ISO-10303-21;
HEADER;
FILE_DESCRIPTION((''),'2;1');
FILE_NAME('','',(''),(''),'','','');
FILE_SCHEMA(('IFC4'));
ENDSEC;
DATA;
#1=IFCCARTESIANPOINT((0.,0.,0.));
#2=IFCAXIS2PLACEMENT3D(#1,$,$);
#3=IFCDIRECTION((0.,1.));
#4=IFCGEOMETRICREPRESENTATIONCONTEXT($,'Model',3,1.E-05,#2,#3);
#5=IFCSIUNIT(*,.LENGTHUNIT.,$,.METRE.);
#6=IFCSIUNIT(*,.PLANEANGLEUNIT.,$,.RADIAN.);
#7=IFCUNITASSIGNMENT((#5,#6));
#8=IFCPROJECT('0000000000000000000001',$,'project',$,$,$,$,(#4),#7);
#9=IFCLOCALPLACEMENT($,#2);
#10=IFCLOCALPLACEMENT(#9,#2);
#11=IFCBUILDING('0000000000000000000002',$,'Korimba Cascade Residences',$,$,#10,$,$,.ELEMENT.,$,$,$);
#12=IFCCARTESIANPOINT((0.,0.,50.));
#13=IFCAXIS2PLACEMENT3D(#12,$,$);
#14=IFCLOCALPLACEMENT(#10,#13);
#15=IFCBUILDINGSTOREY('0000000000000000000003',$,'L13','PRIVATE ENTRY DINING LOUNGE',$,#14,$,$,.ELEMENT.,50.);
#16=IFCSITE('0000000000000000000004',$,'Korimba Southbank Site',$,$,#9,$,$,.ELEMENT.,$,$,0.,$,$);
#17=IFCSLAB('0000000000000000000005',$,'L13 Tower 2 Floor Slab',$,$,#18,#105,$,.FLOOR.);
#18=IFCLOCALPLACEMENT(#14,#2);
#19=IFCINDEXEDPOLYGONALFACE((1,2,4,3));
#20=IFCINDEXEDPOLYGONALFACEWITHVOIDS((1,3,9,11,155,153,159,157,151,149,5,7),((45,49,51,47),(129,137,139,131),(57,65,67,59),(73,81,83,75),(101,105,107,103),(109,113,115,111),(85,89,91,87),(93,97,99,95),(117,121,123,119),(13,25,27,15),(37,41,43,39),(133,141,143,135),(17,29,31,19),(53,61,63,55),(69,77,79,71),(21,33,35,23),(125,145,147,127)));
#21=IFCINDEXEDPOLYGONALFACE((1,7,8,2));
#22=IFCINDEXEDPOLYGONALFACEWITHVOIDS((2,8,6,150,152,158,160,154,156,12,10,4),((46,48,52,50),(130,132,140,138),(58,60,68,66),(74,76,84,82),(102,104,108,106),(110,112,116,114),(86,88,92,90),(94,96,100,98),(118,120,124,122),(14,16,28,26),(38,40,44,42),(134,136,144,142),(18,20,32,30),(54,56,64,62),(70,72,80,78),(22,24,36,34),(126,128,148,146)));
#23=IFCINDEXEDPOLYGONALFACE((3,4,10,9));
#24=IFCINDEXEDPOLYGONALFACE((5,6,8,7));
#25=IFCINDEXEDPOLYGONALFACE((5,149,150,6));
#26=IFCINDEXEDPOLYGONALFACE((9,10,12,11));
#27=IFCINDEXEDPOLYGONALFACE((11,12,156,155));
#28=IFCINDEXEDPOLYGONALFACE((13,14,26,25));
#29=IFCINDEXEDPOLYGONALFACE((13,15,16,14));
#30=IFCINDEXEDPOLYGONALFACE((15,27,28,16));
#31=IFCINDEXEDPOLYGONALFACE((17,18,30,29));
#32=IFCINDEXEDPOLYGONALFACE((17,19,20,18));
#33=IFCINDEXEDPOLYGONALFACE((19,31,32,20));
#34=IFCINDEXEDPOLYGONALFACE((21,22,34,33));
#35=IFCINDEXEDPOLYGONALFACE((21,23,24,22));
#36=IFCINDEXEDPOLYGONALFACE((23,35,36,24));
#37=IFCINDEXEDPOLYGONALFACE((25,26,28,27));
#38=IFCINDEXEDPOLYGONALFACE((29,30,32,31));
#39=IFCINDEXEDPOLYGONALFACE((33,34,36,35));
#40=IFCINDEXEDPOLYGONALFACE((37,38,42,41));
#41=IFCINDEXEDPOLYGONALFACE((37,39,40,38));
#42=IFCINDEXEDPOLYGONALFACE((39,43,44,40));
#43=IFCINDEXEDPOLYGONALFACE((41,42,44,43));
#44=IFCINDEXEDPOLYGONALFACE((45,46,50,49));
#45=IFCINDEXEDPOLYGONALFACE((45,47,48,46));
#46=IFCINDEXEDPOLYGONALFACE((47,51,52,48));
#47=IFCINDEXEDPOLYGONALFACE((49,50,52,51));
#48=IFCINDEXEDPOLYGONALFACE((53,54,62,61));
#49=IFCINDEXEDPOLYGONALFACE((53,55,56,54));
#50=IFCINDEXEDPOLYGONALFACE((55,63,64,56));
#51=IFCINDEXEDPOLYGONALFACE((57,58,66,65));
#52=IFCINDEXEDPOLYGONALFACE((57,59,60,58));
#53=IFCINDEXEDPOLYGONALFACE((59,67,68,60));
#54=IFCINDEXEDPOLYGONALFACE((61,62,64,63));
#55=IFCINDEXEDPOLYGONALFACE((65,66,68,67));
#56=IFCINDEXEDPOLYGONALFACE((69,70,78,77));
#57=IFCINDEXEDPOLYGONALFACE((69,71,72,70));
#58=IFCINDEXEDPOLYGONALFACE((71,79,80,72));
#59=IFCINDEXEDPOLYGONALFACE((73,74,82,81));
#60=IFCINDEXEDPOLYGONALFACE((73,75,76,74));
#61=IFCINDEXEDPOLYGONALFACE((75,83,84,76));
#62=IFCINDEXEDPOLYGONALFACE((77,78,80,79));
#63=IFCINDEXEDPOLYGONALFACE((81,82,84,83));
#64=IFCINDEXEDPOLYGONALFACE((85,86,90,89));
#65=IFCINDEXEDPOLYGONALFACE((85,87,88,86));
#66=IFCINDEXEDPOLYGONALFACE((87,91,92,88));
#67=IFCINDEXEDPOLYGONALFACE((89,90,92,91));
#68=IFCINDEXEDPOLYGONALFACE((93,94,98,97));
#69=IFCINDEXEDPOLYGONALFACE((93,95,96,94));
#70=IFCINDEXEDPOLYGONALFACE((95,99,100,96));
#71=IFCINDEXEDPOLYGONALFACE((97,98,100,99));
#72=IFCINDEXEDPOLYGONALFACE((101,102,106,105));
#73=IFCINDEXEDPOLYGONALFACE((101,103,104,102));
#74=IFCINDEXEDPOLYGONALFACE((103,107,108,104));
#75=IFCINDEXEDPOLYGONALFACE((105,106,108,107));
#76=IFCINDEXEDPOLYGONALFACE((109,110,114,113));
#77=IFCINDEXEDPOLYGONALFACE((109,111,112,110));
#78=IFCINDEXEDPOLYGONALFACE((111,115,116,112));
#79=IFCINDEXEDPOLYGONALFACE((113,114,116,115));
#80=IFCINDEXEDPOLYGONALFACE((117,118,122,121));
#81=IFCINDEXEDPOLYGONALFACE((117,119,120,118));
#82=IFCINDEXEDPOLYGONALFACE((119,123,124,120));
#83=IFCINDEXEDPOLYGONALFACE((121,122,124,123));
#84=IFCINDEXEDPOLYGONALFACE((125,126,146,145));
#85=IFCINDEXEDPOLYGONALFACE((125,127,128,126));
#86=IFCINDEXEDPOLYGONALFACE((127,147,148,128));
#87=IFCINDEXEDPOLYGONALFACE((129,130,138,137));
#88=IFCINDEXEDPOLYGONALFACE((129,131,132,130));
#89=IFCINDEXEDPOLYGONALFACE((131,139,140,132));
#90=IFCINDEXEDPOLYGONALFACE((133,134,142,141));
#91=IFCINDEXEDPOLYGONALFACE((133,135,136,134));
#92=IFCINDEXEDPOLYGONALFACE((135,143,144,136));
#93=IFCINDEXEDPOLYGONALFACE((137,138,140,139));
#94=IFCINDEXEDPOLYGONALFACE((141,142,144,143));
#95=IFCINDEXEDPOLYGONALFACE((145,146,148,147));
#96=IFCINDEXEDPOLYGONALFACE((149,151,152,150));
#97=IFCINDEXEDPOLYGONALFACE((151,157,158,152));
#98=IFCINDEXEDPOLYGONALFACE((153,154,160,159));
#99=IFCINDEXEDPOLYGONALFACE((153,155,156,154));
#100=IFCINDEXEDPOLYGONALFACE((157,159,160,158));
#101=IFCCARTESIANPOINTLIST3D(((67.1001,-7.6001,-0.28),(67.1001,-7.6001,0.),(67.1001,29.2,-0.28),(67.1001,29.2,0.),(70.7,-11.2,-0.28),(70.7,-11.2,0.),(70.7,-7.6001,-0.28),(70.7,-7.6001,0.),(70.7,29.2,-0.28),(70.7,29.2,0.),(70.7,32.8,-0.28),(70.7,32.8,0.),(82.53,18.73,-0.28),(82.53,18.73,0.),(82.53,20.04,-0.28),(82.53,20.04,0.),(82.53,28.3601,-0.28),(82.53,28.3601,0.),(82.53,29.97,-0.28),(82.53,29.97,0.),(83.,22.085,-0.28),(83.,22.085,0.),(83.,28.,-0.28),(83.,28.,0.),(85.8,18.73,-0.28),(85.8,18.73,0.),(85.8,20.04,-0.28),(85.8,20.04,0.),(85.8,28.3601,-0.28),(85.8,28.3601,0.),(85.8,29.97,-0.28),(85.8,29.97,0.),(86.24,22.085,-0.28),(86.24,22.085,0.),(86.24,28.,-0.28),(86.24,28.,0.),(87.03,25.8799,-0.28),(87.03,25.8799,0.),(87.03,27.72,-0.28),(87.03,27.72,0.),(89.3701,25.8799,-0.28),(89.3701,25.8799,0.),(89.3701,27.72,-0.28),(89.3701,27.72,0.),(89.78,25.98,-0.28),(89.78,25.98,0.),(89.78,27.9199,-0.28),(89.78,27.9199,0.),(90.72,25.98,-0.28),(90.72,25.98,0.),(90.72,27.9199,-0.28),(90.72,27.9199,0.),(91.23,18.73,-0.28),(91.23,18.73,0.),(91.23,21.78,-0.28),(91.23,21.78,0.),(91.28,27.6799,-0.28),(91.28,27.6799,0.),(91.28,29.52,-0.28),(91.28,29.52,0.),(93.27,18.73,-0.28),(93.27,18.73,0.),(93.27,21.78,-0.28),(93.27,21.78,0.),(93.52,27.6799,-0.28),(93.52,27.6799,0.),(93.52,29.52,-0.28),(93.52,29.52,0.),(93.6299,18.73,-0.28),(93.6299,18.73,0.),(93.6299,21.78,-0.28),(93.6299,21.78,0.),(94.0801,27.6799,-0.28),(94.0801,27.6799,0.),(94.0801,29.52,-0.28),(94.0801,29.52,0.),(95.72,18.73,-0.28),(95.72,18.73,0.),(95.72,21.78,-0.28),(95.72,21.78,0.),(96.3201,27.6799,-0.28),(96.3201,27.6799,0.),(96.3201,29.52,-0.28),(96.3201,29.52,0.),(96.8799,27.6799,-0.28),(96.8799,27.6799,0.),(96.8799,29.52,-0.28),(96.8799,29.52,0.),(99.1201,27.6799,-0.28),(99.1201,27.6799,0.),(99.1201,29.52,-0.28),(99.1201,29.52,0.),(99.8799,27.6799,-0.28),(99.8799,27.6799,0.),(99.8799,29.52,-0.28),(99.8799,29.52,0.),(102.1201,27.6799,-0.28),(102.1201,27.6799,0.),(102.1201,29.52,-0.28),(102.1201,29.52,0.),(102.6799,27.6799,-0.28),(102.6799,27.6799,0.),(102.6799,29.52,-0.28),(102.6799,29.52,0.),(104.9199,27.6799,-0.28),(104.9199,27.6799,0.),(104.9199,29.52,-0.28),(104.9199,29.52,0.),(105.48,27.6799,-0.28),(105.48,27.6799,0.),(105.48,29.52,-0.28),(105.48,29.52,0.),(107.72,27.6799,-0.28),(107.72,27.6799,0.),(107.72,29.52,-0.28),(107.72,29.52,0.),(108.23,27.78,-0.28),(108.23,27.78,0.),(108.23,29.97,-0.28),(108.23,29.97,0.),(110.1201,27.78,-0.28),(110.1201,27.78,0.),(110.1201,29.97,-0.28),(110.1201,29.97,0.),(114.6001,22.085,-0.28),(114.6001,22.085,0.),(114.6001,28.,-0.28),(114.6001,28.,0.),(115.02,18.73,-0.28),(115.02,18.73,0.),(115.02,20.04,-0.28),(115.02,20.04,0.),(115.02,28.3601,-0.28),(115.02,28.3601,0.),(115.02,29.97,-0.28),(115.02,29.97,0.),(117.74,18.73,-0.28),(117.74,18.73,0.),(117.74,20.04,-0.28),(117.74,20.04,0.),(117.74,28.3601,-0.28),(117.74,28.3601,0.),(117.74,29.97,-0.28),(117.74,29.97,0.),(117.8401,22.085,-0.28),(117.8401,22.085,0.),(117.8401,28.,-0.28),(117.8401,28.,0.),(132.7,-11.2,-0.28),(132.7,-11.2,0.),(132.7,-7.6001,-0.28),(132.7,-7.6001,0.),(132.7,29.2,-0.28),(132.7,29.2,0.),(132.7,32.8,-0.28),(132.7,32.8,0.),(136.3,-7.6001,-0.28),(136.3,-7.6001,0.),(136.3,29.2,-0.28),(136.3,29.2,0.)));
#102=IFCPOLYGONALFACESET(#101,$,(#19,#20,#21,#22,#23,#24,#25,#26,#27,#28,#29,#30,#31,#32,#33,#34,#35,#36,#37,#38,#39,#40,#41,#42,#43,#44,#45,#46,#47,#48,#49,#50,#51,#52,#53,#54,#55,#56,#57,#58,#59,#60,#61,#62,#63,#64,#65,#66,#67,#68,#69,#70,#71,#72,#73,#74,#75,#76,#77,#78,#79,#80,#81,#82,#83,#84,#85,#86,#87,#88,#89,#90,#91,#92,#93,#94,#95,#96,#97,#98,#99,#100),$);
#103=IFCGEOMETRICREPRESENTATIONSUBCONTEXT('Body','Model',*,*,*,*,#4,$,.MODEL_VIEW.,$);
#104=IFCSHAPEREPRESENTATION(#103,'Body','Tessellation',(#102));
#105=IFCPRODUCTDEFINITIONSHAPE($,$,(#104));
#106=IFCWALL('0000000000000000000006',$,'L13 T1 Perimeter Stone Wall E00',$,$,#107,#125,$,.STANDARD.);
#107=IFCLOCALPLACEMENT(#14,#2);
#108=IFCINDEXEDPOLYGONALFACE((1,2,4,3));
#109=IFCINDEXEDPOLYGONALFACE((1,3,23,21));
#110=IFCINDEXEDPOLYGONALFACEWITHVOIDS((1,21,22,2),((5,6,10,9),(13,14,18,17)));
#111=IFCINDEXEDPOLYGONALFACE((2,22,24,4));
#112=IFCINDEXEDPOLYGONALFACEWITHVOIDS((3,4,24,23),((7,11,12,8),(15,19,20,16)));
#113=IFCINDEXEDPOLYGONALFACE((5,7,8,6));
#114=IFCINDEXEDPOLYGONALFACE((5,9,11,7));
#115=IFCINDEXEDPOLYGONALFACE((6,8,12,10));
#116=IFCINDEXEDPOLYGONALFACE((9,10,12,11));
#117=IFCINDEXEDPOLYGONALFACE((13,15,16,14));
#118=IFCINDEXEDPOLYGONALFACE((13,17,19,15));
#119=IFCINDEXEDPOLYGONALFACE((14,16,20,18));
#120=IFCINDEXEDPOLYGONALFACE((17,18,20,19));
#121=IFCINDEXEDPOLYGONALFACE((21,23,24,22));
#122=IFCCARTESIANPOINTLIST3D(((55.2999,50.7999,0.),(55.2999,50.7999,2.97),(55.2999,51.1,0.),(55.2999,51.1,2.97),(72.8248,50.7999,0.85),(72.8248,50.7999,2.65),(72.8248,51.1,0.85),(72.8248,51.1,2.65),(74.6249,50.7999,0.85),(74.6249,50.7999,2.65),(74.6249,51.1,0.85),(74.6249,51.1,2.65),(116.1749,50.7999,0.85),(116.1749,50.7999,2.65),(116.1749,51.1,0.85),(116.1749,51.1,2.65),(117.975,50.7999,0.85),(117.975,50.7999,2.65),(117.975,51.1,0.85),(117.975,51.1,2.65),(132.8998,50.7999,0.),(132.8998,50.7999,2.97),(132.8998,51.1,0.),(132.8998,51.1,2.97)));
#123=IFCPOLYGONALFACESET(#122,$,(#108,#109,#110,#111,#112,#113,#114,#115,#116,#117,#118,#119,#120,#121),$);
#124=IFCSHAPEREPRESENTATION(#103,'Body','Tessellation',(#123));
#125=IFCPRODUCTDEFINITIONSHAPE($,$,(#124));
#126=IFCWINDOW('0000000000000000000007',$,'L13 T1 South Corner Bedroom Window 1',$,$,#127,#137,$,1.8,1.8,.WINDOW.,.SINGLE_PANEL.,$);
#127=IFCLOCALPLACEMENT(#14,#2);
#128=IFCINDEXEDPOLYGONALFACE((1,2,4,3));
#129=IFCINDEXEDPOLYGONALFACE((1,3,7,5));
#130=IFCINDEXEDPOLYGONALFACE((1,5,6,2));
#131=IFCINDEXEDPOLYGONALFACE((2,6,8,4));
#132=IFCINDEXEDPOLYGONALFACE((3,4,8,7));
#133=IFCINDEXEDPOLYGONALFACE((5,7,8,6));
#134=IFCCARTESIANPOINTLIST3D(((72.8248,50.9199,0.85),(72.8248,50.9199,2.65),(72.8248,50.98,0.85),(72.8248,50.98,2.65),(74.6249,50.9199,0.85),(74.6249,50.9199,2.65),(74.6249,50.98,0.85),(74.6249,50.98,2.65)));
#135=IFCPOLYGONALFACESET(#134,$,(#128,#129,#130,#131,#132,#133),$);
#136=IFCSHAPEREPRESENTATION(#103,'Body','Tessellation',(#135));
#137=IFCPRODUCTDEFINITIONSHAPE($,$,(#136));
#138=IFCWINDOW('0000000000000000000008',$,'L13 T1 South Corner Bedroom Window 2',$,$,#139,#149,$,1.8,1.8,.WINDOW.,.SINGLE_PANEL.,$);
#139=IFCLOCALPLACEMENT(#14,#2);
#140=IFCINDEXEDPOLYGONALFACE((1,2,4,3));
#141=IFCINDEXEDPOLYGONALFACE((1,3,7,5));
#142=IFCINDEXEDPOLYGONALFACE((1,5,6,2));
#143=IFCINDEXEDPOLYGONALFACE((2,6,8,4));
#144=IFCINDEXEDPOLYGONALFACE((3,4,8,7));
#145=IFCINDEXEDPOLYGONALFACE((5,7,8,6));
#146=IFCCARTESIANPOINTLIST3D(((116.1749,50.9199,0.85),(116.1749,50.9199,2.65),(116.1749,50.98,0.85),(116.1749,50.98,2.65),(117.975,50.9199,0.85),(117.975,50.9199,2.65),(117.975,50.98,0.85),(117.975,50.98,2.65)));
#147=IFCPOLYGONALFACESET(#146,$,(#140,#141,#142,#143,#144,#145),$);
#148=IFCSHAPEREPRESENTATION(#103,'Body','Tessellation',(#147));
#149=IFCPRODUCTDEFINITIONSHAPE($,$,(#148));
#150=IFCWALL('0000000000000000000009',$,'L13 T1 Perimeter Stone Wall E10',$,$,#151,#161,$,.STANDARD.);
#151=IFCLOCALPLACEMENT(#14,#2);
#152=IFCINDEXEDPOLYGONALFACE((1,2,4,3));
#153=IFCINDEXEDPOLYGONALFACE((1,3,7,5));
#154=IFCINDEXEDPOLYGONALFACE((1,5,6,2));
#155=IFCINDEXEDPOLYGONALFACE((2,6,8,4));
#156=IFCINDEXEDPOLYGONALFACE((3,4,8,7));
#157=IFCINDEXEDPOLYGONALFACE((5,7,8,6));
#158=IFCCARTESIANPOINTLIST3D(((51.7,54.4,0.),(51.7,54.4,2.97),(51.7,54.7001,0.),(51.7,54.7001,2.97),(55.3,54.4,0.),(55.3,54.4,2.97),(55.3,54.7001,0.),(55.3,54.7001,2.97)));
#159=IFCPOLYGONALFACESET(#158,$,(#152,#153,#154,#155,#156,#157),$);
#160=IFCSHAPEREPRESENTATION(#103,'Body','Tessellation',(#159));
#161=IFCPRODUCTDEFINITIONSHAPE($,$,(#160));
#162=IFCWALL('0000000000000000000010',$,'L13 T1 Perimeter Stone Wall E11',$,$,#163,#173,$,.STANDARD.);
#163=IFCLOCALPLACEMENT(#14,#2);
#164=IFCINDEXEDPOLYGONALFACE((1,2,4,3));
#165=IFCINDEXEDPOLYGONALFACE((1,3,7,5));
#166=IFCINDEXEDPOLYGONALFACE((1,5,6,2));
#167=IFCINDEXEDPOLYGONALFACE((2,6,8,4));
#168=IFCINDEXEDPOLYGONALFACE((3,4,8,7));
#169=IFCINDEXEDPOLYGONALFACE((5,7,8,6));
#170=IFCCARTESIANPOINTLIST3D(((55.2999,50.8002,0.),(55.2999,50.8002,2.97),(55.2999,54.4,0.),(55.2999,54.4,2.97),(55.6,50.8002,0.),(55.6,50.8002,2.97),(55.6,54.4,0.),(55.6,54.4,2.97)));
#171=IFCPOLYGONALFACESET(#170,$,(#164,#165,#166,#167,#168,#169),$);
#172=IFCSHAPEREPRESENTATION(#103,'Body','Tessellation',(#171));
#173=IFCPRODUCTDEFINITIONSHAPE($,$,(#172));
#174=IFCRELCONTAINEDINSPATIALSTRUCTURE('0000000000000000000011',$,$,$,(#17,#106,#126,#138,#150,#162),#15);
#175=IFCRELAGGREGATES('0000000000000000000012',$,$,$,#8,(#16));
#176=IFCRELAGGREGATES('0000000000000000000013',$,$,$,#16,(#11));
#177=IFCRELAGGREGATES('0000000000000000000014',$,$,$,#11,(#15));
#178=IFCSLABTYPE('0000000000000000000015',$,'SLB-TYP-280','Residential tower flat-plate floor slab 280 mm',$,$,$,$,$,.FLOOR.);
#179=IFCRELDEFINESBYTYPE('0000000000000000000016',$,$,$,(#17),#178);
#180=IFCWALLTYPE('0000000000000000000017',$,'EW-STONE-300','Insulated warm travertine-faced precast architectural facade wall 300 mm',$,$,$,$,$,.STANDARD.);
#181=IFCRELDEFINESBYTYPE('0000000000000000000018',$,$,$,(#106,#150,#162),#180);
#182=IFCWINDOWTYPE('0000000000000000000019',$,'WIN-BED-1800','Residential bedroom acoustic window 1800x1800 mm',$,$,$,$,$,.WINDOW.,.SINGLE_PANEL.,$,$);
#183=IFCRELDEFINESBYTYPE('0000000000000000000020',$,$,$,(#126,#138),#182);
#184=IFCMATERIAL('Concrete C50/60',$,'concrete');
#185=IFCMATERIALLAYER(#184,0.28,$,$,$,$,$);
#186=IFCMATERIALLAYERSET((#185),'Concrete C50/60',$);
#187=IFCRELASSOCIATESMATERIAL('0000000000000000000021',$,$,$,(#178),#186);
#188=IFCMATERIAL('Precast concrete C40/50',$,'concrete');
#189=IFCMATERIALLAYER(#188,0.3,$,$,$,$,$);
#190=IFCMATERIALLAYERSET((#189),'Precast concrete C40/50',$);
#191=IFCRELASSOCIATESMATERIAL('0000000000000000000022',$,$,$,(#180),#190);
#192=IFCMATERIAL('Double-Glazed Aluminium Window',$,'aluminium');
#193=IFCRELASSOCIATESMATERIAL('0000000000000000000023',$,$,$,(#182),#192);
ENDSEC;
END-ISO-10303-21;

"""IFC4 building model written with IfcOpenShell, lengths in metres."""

from ifc_helpers import new_model, si_unit, direction, frame, frame_2d, origin, place, context, subcontext, project, spatial, polyline, rectangle, outline, extrude, material, layer, layer_set, type_object, element, fill, save


model = new_model("IFC4")

# Units and contexts
model_context = context("Model", 3, precision=1e-05, world=origin(), true_north=direction((0.0, 1.0)))
body_context = subcontext(model_context, "Body", "Model", "MODEL_VIEW")
ifc_project = project(units=[si_unit("LENGTHUNIT", "METRE"), si_unit("PLANEANGLEUNIT", "RADIAN")], contexts=[model_context])

# Site, building, storey
site_placement = place(None, origin())
site = spatial("IfcSite", under=ifc_project, at=site_placement, Name="Korimba Southbank Site", CompositionType="ELEMENT", RefElevation=0.0)
building_placement = place(site_placement, origin())
building = spatial("IfcBuilding", under=site, at=building_placement, Name="Korimba Cascade Residences", CompositionType="ELEMENT")
storey_placement = place(building_placement, frame((0.0, 0.0, 50.0)))
storey = spatial("IfcBuildingStorey", under=building, at=storey_placement, Name="L13", Description="PRIVATE ENTRY DINING LOUNGE", CompositionType="ELEMENT", Elevation=50.0)

# Shared definitions
ifc_material_1 = material(Name="Concrete C50/60", Category="concrete")

# Slab
ifc_material_2 = material(Name="Precast concrete C40/50", Category="concrete")
ifc_layer_1 = layer(ifc_material_1, 0.28)
ifc_layer_set_1 = layer_set([ifc_layer_1], Name="Concrete C50/60")
slab_type_1 = type_object("IfcSlabType", Name="SLB-TYP-280", Description="Residential tower flat-plate floor slab 280 mm", PredefinedType="FLOOR", material=ifc_layer_set_1)
slab_1_placement = place(storey_placement, frame((0.0, 0.0, -0.28)))
element("IfcSlab", 1, at=slab_1_placement, inside=storey, type_object=slab_type_1, Name="L13 Tower 2 Floor Slab", PredefinedType="FLOOR", context=body_context, shape_type="SweptSolid", body=[
    extrude(outline(polyline([(70.7, -11.2), (132.7, -11.2), (132.7, -7.6001), (136.3, -7.6001), (136.3, 29.2), (132.7, 29.2), (132.7, 32.8), (70.7, 32.8), (70.7, 29.2), (67.1001, 29.2), (67.1001, -7.6001), (70.7, -7.6001), (70.7, -11.2)]), holes=[polyline([(86.24, 22.085), (86.24, 28.0), (83.0, 28.0), (83.0, 22.085), (86.24, 22.085)]), polyline([(117.8401, 22.085), (117.8401, 28.0), (114.6001, 28.0), (114.6001, 22.085), (117.8401, 22.085)]), polyline([(87.03, 25.8799), (89.3701, 25.8799), (89.3701, 27.72), (87.03, 27.72), (87.03, 25.8799)]), polyline([(91.28, 27.6799), (93.52, 27.6799), (93.52, 29.52), (91.28, 29.52), (91.28, 27.6799)]), polyline([(94.0801, 27.6799), (96.3201, 27.6799), (96.3201, 29.52), (94.0801, 29.52), (94.0801, 27.6799)]), polyline([(96.8799, 27.6799), (99.1201, 27.6799), (99.1201, 29.52), (96.8799, 29.52), (96.8799, 27.6799)]), polyline([(99.8799, 27.6799), (102.1201, 27.6799), (102.1201, 29.52), (99.8799, 29.52), (99.8799, 27.6799)]), polyline([(102.6799, 27.6799), (104.9199, 27.6799), (104.9199, 29.52), (102.6799, 29.52), (102.6799, 27.6799)]), polyline([(105.48, 27.6799), (107.72, 27.6799), (107.72, 29.52), (105.48, 29.52), (105.48, 27.6799)]), polyline([(89.78, 25.98), (90.72, 25.98), (90.72, 27.9199), (89.78, 27.9199), (89.78, 25.98)]), polyline([(82.53, 18.73), (85.8, 18.73), (85.8, 20.04), (82.53, 20.04), (82.53, 18.73)]), polyline([(82.53, 28.3601), (85.8, 28.3601), (85.8, 29.97), (82.53, 29.97), (82.53, 28.3601)]), polyline([(108.23, 27.78), (110.1201, 27.78), (110.1201, 29.97), (108.23, 29.97), (108.23, 27.78)]), polyline([(91.23, 18.73), (93.27, 18.73), (93.27, 21.78), (91.23, 21.78), (91.23, 18.73)]), polyline([(93.6299, 18.73), (95.72, 18.73), (95.72, 21.78), (93.6299, 21.78), (93.6299, 18.73)]), polyline([(115.02, 18.73), (117.74, 18.73), (117.74, 20.04), (115.02, 20.04), (115.02, 18.73)]), polyline([(115.02, 28.3601), (117.74, 28.3601), (117.74, 29.97), (115.02, 29.97), (115.02, 28.3601)])]), origin(), (0.0, 0.0, 1.0), 0.28),
])

# Wall, openings, windows
ifc_layer_2 = layer(ifc_material_2, 0.3)
ifc_layer_set_2 = layer_set([ifc_layer_2], Name="Precast concrete C40/50")
wall_type_1 = type_object("IfcWallType", Name="EW-STONE-300", Description="Insulated warm travertine-faced precast architectural facade wall 300 mm", PredefinedType="STANDARD", material=ifc_layer_set_2)
wall_1_placement = place(storey_placement, frame((55.3, 50.95, 0.0), z_axis=(0.0, 0.0, 1.0), x_axis=(1.0, 0.0, 0.0)))
wall_1 = element("IfcWall", 2, at=wall_1_placement, inside=storey, type_object=wall_type_1, Name="L13 T1 Perimeter Stone Wall E00", PredefinedType="STANDARD", context=body_context, shape_type="SweptSolid", body=[
    extrude(rectangle(XDim=77.5999, YDim=0.3, at=frame_2d((38.7998, 0.0))), origin(), (0.0, 0.0, 1.0), 2.97),
])
opening_1_placement = place(wall_1_placement, frame((17.5249, 0.0, 0.8501)))
opening_1 = element("IfcOpeningElement", 3, at=opening_1_placement, cuts=wall_1, PredefinedType="OPENING", context=body_context, shape_type="SweptSolid", body=[
    extrude(rectangle(XDim=1.8, YDim=1.8, at=frame_2d((0.8999, 0.8999))), frame((0.0, 0.1602, 0.0), z_axis=(0.0, -1.0, 0.0), x_axis=(1.0, 0.0, 0.0)), (0.0, 0.0, 1.0), 0.3201),
])
opening_2_placement = place(wall_1_placement, frame((60.875, 0.0, 0.8501)))
opening_2 = element("IfcOpeningElement", 4, at=opening_2_placement, cuts=wall_1, PredefinedType="OPENING", context=body_context, shape_type="SweptSolid", body=[
    extrude(rectangle(XDim=1.8, YDim=1.8, at=frame_2d((0.8999, 0.8999))), frame((0.0, 0.1602, 0.0), z_axis=(0.0, -1.0, 0.0), x_axis=(1.0, 0.0, 0.0)), (0.0, 0.0, 1.0), 0.3201),
])
ifc_material_3 = material(Name="Double-Glazed Aluminium Window", Category="aluminium")
window_type = type_object("IfcWindowType", Name="WIN-BED-1800", Description="Residential bedroom acoustic window 1800x1800 mm", PartitioningType="SINGLE_PANEL", PredefinedType="WINDOW", material=ifc_material_3)
window_1_placement = place(opening_1_placement, origin())
window_1 = element("IfcWindow", 5, at=window_1_placement, inside=storey, type_object=window_type, Name="L13 T1 South Corner Bedroom Window 1", OverallHeight=1.8, OverallWidth=1.8, PartitioningType="SINGLE_PANEL", PredefinedType="WINDOW", context=body_context, shape_type="SweptSolid", body=[
    extrude(rectangle(XDim=1.8, YDim=1.8, at=frame_2d((0.8999, 0.8999))), frame((0.0, 0.03, 0.0), z_axis=(0.0, -1.0, 0.0), x_axis=(1.0, 0.0, 0.0)), (0.0, 0.0, 1.0), 0.0601),
])
fill(opening_1, window_1)
window_2_placement = place(opening_2_placement, origin())
window_2 = element("IfcWindow", 6, at=window_2_placement, inside=storey, type_object=window_type, Name="L13 T1 South Corner Bedroom Window 2", OverallHeight=1.8, OverallWidth=1.8, PartitioningType="SINGLE_PANEL", PredefinedType="WINDOW", context=body_context, shape_type="SweptSolid", body=[
    extrude(rectangle(XDim=1.8, YDim=1.8, at=frame_2d((0.8999, 0.8999))), frame((0.0, 0.03, 0.0), z_axis=(0.0, -1.0, 0.0), x_axis=(1.0, 0.0, 0.0)), (0.0, 0.0, 1.0), 0.0601),
])
fill(opening_2, window_2)

# Walls
wall_2_placement = place(storey_placement, frame((51.7, 54.55, 0.0), z_axis=(0.0, 0.0, 1.0), x_axis=(1.0, 0.0, 0.0)))
element("IfcWall", 7, at=wall_2_placement, inside=storey, type_object=wall_type_1, Name="L13 T1 Perimeter Stone Wall E10", PredefinedType="STANDARD", context=body_context, shape_type="SweptSolid", body=[
    extrude(rectangle(XDim=3.6001, YDim=0.3, at=frame_2d((1.8, 0.0))), origin(), (0.0, 0.0, 1.0), 2.97),
])
wall_3_placement = place(storey_placement, frame((55.45, 54.3999, 0.0), z_axis=(0.0, 0.0, 1.0), x_axis=(0.0, -1.0, 0.0)))
element("IfcWall", 8, at=wall_3_placement, inside=storey, type_object=wall_type_1, Name="L13 T1 Perimeter Stone Wall E11", PredefinedType="STANDARD", context=body_context, shape_type="SweptSolid", body=[
    extrude(rectangle(XDim=3.5999, YDim=0.3, at=frame_2d((1.7998, 0.0))), origin(), (0.0, 0.0, 1.0), 2.97),
])

save(model, "model.ifc")
